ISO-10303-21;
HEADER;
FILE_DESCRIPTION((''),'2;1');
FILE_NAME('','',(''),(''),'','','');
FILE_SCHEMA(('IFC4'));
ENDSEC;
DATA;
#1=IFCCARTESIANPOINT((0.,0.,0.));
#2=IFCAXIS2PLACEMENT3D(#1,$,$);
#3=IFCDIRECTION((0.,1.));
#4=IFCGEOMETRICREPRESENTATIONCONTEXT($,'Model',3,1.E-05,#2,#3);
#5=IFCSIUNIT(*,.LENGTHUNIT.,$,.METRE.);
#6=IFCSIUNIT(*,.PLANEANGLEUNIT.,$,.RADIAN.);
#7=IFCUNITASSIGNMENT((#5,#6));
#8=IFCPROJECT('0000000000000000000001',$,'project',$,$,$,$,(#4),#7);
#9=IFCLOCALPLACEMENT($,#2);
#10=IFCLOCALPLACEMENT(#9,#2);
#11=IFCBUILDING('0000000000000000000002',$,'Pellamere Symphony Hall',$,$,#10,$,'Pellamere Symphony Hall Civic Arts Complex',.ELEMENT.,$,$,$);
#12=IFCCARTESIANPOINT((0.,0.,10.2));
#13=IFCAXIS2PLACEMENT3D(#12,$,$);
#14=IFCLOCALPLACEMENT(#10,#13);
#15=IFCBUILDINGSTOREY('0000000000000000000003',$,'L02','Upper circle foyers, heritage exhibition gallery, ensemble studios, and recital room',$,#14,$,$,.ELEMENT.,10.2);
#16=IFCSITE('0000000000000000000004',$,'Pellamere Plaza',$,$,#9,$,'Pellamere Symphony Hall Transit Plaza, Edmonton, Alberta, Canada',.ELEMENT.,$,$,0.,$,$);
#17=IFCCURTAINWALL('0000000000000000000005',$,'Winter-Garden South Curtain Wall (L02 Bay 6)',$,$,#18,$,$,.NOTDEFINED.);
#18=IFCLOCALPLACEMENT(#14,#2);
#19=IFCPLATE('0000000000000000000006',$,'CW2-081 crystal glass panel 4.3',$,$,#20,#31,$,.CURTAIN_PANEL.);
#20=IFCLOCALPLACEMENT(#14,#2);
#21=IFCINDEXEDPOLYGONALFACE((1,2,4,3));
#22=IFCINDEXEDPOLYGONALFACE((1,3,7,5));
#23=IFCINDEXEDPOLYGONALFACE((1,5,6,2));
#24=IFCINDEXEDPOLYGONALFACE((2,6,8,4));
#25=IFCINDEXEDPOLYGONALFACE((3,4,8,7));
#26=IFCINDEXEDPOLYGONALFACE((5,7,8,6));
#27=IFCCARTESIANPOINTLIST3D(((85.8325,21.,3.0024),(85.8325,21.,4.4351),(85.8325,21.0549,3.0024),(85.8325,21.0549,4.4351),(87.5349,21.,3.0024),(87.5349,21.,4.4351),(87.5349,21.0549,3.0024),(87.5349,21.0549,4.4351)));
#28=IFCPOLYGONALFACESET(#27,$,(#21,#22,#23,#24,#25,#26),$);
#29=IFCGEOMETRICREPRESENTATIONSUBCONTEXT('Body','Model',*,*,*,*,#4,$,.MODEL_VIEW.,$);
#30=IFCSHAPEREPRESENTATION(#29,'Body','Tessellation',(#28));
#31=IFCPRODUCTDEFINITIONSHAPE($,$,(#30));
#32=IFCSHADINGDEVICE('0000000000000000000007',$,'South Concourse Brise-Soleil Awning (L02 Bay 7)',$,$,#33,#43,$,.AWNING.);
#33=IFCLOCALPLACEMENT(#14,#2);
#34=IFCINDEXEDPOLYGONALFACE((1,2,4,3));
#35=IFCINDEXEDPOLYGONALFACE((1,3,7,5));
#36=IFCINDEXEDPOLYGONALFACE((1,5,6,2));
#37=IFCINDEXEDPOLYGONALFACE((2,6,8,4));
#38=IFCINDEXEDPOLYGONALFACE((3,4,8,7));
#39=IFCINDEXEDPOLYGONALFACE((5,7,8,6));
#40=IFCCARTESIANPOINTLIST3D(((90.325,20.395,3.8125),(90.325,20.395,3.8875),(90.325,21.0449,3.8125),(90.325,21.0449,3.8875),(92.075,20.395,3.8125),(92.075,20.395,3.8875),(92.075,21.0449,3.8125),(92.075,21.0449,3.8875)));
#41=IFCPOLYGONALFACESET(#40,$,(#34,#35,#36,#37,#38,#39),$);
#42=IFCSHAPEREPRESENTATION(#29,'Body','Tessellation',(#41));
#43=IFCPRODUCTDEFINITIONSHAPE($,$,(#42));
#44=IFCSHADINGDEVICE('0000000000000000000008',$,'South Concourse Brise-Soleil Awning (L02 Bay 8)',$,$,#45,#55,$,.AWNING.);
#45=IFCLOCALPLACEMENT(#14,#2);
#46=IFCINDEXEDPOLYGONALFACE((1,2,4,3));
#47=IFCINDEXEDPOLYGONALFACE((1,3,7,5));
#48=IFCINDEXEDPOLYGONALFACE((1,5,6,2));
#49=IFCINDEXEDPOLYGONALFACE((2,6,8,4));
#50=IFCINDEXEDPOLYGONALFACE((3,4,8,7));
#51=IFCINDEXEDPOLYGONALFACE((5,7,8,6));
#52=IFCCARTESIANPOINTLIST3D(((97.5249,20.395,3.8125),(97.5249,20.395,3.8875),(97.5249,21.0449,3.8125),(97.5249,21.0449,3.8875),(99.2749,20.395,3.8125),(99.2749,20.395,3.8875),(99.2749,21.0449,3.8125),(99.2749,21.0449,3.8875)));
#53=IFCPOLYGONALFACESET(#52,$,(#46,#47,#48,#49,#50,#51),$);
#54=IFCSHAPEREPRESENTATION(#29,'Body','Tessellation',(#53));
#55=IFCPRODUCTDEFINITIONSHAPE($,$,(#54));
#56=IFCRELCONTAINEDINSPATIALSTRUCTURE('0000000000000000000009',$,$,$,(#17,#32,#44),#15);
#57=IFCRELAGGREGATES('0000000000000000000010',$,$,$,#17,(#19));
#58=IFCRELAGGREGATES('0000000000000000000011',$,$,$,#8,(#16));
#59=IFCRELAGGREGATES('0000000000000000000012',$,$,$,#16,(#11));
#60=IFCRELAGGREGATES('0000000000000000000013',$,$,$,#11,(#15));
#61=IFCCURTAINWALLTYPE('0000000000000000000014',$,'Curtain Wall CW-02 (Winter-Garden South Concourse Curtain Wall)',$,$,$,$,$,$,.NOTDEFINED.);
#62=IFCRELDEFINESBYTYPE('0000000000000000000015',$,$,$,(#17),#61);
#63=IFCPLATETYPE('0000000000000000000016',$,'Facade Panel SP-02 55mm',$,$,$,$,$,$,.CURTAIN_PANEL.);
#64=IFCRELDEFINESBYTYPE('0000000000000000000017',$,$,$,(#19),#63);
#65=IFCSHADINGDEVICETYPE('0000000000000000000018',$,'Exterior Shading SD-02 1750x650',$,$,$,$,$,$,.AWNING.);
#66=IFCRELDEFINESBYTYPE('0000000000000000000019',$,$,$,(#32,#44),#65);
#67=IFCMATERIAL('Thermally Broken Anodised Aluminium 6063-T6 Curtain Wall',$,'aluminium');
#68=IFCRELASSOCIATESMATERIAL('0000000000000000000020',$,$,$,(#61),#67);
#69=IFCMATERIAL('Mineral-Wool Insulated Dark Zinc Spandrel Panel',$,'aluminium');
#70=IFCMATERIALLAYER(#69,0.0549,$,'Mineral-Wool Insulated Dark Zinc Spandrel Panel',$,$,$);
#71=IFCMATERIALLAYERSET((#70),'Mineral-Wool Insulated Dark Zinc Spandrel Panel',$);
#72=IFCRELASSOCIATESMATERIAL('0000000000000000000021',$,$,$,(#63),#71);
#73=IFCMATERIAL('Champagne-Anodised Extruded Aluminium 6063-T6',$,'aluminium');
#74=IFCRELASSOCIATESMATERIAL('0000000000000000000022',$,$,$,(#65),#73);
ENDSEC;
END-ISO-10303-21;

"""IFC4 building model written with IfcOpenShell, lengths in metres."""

from ifc_helpers import new_model, si_unit, direction, frame, origin, origin_2d, place, context, subcontext, project, spatial, polyline, rectangle, outline, extrude, material, layer, layer_set, type_object, element, aggregate, save


model = new_model("IFC4")

# Units and contexts
model_context = context("Model", 3, precision=1e-05, world=origin(), true_north=direction((0.0, 1.0)))
body_context = subcontext(model_context, "Body", "Model", "MODEL_VIEW")
ifc_project = project(units=[si_unit("LENGTHUNIT", "METRE"), si_unit("PLANEANGLEUNIT", "RADIAN")], contexts=[model_context])

# Site, building, storey
site_placement = place(None, origin())
site = spatial("IfcSite", under=ifc_project, at=site_placement, Name="Pellamere Plaza", LongName="Pellamere Symphony Hall Transit Plaza, Edmonton, Alberta, Canada", CompositionType="ELEMENT", RefElevation=0.0)
building_placement = place(site_placement, origin())
building = spatial("IfcBuilding", under=site, at=building_placement, Name="Pellamere Symphony Hall", LongName="Pellamere Symphony Hall Civic Arts Complex", CompositionType="ELEMENT")
storey_placement = place(building_placement, frame((0.0, 0.0, 10.2)))
storey = spatial("IfcBuildingStorey", under=building, at=storey_placement, Name="L02", Description="Upper circle foyers, heritage exhibition gallery, ensemble studios, and recital room", CompositionType="ELEMENT", Elevation=10.2)

# Curtain wall
ifc_material_1 = material(Name="Thermally Broken Anodised Aluminium 6063-T6 Curtain Wall", Category="aluminium")
curtain_wall_type = type_object("IfcCurtainWallType", Name="Curtain Wall CW-02 (Winter-Garden South Concourse Curtain Wall)", PredefinedType="NOTDEFINED", material=ifc_material_1)
curtain_wall_1_placement = place(storey_placement, origin())
curtain_wall_1 = element("IfcCurtainWall", 1, at=curtain_wall_1_placement, inside=storey, type_object=curtain_wall_type, Name="Winter-Garden South Curtain Wall (L02 Bay 6)", PredefinedType="NOTDEFINED")

# Plate
ifc_material_2 = material(Name="Mineral-Wool Insulated Dark Zinc Spandrel Panel", Category="aluminium")
ifc_layer_1 = layer(ifc_material_2, 0.0549, Name="Mineral-Wool Insulated Dark Zinc Spandrel Panel")
ifc_layer_set_1 = layer_set([ifc_layer_1], Name="Mineral-Wool Insulated Dark Zinc Spandrel Panel")
plate_type_1 = type_object("IfcPlateType", Name="Facade Panel SP-02 55mm", PredefinedType="CURTAIN_PANEL", material=ifc_layer_set_1)
plate_1_placement = place(storey_placement, frame((85.8325, 21.0, 3.0024), z_axis=(0.0, -1.0, 0.0), x_axis=(1.0, 0.0, 0.0)))
plate_1 = element("IfcPlate", 2, at=plate_1_placement, type_object=plate_type_1, Name="CW2-081 crystal glass panel 4.3", PredefinedType="CURTAIN_PANEL", context=body_context, shape_type="SweptSolid", body=[
    extrude(outline(polyline([(0.0, 0.0), (1.7024, 0.0), (1.7024, 1.4326), (0.0, 1.4326), (0.0, 0.0)])), origin(), (0.0, 0.0, -1.0), 0.0549),
])
aggregate(curtain_wall_1, [plate_1])

# Shading devices
ifc_material_3 = material(Name="Champagne-Anodised Extruded Aluminium 6063-T6", Category="aluminium")
shading_device_type = type_object("IfcShadingDeviceType", Name="Exterior Shading SD-02 1750x650", PredefinedType="AWNING", material=ifc_material_3)
for number, where, z_axis, x_axis, name in (
    (3, (91.2, 20.72, 3.8125), (0.0, 0.0, 1.0), (1.0, 0.0, 0.0), "South Concourse Brise-Soleil Awning (L02 Bay 7)"),
    (4, (98.3999, 20.72, 3.8125), (0.0, 0.0, 1.0), (1.0, 0.0, 0.0), "South Concourse Brise-Soleil Awning (L02 Bay 8)"),
):
    element("IfcShadingDevice", number, at=place(storey_placement, frame(where, z_axis=z_axis, x_axis=x_axis)), inside=storey, type_object=shading_device_type, Name=name, PredefinedType="AWNING", context=body_context, shape_type="SweptSolid", body=[
        extrude(rectangle(XDim=1.75, YDim=0.6499, at=origin_2d()), origin(), (0.0, 0.0, 1.0), 0.075),
    ])

save(model, "model.ifc")
